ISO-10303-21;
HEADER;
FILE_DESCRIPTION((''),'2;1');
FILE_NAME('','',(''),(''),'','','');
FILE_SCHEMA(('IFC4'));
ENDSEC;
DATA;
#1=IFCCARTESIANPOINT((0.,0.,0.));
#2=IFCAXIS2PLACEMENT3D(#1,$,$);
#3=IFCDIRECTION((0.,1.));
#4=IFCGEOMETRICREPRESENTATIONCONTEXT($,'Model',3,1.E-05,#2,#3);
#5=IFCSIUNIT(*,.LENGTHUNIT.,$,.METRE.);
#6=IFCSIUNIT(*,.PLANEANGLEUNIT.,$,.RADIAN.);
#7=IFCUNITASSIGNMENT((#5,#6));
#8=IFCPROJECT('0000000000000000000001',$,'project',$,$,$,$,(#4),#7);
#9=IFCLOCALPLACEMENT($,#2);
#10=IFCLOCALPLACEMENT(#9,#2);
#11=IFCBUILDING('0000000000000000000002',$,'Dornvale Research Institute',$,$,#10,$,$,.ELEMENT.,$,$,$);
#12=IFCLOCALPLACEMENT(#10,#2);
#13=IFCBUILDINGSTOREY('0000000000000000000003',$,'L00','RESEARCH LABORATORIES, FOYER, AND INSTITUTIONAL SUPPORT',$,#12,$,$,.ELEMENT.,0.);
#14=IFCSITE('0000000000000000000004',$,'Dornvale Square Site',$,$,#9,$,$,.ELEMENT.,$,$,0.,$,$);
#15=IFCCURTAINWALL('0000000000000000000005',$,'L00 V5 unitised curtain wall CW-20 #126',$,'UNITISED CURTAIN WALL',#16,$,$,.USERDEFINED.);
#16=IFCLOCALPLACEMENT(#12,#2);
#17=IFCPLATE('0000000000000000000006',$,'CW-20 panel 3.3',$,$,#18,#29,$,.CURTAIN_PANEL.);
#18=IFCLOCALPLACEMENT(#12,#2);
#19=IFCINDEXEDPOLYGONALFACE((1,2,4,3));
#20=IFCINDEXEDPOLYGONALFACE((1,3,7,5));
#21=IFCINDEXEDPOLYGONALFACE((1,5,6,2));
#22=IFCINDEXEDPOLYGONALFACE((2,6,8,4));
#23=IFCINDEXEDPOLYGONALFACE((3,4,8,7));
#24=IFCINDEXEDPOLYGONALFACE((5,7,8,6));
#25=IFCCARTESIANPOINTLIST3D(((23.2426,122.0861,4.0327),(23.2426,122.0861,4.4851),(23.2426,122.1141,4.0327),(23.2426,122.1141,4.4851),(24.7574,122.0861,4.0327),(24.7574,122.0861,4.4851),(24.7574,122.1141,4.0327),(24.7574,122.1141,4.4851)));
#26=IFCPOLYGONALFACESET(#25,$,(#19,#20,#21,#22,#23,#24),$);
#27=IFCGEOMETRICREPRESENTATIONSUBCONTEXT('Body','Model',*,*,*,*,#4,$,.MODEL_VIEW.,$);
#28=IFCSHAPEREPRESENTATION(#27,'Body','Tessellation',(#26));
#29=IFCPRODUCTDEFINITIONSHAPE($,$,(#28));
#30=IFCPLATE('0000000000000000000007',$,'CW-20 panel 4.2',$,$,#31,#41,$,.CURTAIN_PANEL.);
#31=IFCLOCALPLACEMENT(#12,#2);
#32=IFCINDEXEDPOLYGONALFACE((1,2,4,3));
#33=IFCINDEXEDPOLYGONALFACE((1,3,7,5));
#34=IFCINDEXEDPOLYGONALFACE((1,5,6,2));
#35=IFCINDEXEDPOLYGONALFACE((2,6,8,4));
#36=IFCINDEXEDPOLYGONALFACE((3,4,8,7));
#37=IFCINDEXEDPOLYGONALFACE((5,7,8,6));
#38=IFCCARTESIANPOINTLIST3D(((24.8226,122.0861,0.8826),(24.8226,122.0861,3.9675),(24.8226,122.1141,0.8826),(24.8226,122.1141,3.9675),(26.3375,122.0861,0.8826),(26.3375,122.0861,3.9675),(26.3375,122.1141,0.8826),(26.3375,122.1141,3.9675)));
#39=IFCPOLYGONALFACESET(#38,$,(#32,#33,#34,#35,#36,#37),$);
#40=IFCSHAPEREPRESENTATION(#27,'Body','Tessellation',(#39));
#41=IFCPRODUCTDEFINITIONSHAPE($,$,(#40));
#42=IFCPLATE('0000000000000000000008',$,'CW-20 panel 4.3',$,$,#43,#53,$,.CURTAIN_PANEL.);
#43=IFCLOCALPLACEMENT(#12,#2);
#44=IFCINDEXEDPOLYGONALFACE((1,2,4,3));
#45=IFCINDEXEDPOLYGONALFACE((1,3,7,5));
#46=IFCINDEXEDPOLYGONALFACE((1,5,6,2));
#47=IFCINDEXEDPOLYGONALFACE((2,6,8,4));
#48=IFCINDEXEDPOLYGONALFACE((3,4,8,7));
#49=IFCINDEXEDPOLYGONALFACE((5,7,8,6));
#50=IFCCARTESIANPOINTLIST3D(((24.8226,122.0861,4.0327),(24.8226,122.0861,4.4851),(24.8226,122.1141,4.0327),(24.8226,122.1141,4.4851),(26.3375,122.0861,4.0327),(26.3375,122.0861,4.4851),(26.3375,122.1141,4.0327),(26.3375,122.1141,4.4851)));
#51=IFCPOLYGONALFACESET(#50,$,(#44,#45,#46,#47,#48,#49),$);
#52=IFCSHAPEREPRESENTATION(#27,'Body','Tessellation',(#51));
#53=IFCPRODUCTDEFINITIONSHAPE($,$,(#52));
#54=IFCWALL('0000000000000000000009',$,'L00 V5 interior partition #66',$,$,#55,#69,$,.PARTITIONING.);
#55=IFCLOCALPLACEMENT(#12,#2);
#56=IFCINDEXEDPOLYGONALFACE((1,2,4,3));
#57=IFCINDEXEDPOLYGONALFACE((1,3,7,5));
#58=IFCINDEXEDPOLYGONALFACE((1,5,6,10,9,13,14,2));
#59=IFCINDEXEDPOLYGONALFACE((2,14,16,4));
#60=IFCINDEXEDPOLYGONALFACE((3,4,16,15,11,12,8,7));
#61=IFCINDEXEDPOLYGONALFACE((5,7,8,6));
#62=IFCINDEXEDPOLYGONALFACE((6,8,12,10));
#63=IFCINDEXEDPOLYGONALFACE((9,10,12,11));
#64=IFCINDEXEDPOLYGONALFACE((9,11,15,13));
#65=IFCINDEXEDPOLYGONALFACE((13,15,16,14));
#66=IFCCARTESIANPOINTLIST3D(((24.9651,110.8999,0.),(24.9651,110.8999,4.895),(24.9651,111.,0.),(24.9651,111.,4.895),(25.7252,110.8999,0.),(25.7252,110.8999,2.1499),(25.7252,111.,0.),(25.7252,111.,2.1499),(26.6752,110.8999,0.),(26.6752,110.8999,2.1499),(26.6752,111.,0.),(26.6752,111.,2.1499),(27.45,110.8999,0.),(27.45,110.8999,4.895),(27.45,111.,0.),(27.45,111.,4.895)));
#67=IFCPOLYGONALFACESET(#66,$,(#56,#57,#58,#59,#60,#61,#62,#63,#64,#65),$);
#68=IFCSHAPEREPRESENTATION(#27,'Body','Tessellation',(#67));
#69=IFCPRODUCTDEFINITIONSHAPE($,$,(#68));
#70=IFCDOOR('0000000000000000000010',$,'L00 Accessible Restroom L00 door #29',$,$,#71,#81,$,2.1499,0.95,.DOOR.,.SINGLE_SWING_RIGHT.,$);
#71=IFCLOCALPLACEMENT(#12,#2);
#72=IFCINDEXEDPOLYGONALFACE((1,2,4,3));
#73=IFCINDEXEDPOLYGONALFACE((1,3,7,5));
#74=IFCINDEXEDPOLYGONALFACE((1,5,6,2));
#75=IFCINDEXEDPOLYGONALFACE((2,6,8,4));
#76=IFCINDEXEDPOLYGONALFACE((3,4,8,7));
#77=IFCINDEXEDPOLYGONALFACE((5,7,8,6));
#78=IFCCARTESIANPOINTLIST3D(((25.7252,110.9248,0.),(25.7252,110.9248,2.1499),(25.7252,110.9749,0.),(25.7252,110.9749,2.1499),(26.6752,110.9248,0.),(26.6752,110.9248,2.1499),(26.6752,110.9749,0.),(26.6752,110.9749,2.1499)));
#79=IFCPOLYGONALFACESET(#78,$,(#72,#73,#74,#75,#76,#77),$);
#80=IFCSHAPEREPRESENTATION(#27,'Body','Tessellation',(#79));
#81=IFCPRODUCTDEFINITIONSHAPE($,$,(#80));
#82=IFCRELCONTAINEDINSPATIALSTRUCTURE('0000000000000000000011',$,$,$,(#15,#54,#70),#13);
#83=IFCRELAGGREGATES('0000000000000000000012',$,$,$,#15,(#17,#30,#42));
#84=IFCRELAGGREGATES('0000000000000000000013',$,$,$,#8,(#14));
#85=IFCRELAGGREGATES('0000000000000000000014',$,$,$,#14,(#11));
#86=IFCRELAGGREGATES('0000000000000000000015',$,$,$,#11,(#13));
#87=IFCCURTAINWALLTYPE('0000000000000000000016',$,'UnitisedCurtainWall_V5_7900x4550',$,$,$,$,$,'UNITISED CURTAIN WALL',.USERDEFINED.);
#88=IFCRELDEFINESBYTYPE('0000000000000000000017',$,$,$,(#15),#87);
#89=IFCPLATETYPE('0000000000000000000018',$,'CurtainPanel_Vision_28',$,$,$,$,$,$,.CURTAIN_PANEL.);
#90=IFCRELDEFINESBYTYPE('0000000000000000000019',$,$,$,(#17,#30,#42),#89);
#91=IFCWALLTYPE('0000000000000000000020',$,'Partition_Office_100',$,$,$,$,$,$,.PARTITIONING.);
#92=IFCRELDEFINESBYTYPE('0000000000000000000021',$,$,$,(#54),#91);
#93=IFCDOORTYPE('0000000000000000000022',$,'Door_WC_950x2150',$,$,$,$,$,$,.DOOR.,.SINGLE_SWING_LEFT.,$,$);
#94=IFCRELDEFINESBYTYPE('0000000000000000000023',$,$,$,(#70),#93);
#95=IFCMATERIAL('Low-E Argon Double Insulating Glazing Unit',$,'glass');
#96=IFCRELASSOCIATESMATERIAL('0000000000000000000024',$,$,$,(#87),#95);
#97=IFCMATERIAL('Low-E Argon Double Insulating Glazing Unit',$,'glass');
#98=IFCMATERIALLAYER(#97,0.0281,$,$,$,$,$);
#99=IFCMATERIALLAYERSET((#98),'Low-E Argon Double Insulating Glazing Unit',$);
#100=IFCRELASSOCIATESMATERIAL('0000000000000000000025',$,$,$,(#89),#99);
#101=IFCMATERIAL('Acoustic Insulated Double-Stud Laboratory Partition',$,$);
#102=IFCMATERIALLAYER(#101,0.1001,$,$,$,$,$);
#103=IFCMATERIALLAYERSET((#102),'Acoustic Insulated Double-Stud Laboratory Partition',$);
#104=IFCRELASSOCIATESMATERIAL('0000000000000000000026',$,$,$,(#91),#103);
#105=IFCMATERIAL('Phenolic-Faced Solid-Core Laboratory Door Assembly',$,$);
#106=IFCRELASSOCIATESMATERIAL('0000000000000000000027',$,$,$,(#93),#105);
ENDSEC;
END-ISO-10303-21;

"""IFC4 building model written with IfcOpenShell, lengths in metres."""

from ifc_helpers import new_model, si_unit, direction, frame, frame_2d, origin, origin_2d, place, context, subcontext, project, spatial, rectangle, extrude, material, layer, layer_set, type_object, element, fill, aggregate, save


model = new_model("IFC4")

# Units and contexts
model_context = context("Model", 3, precision=1e-05, world=origin(), true_north=direction((0.0, 1.0)))
body_context = subcontext(model_context, "Body", "Model", "MODEL_VIEW")
ifc_project = project(units=[si_unit("LENGTHUNIT", "METRE"), si_unit("PLANEANGLEUNIT", "RADIAN")], contexts=[model_context])

# Site, building, storey
site_placement = place(None, origin())
site = spatial("IfcSite", under=ifc_project, at=site_placement, Name="Dornvale Square Site", CompositionType="ELEMENT", RefElevation=0.0)
building_placement = place(site_placement, origin())
building = spatial("IfcBuilding", under=site, at=building_placement, Name="Dornvale Research Institute", CompositionType="ELEMENT")
storey_placement = place(building_placement, origin())
storey = spatial("IfcBuildingStorey", under=building, at=storey_placement, Name="L00", Description="RESEARCH LABORATORIES, FOYER, AND INSTITUTIONAL SUPPORT", CompositionType="ELEMENT", Elevation=0.0)

# Curtain wall, plates
ifc_material_1 = material(Name="Low-E Argon Double Insulating Glazing Unit", Category="glass")
curtain_wall_type = type_object("IfcCurtainWallType", Name="UnitisedCurtainWall_V5_7900x4550", ElementType="UNITISED CURTAIN WALL", PredefinedType="USERDEFINED", material=ifc_material_1)
curtain_wall_placement = place(storey_placement, origin())
curtain_wall = element("IfcCurtainWall", 1, at=curtain_wall_placement, inside=storey, type_object=curtain_wall_type, Name="L00 V5 unitised curtain wall CW-20 #126", ObjectType="UNITISED CURTAIN WALL", PredefinedType="USERDEFINED")
ifc_material_2 = material(Name="Low-E Argon Double Insulating Glazing Unit", Category="glass")
ifc_layer_1 = layer(ifc_material_2, 0.0281)
ifc_layer_set_1 = layer_set([ifc_layer_1], Name="Low-E Argon Double Insulating Glazing Unit")
plate_type_1 = type_object("IfcPlateType", Name="CurtainPanel_Vision_28", PredefinedType="CURTAIN_PANEL", material=ifc_layer_set_1)
plate_1_placement = place(storey_placement, frame((24.0, 122.1001, 4.0327), z_axis=(0.0, 0.0, 1.0), x_axis=(1.0, 0.0, 0.0)))
plate_1 = element("IfcPlate", 2, at=plate_1_placement, type_object=plate_type_1, Name="CW-20 panel 3.3", PredefinedType="CURTAIN_PANEL", context=body_context, shape_type="SweptSolid", body=[
    extrude(rectangle(XDim=1.5149, YDim=0.0281, at=origin_2d()), origin(), (0.0, 0.0, 1.0), 0.4524),
])
plate_2_placement = place(storey_placement, frame((25.5801, 122.1001, 0.8826), z_axis=(0.0, 0.0, 1.0), x_axis=(1.0, 0.0, 0.0)))
plate_2 = element("IfcPlate", 3, at=plate_2_placement, type_object=plate_type_1, Name="CW-20 panel 4.2", PredefinedType="CURTAIN_PANEL", context=body_context, shape_type="SweptSolid", body=[
    extrude(rectangle(XDim=1.5149, YDim=0.0281, at=origin_2d()), origin(), (0.0, 0.0, 1.0), 3.085),
])
plate_3_placement = place(storey_placement, frame((25.5801, 122.1001, 4.0327), z_axis=(0.0, 0.0, 1.0), x_axis=(1.0, 0.0, 0.0)))
plate_3 = element("IfcPlate", 4, at=plate_3_placement, type_object=plate_type_1, Name="CW-20 panel 4.3", PredefinedType="CURTAIN_PANEL", context=body_context, shape_type="SweptSolid", body=[
    extrude(rectangle(XDim=1.5149, YDim=0.0281, at=origin_2d()), origin(), (0.0, 0.0, 1.0), 0.4524),
])
aggregate(curtain_wall, [plate_1, plate_2, plate_3])

# Wall, opening, door
ifc_material_3 = material(Name="Acoustic Insulated Double-Stud Laboratory Partition")
ifc_layer_2 = layer(ifc_material_3, 0.1001)
ifc_layer_set_2 = layer_set([ifc_layer_2], Name="Acoustic Insulated Double-Stud Laboratory Partition")
wall_type = type_object("IfcWallType", Name="Partition_Office_100", PredefinedType="PARTITIONING", material=ifc_layer_set_2)
wall_1_placement = place(storey_placement, frame((24.9651, 110.95, 0.0), z_axis=(0.0, 0.0, 1.0), x_axis=(1.0, 0.0, 0.0)))
wall_1 = element("IfcWall", 5, at=wall_1_placement, inside=storey, type_object=wall_type, Name="L00 V5 interior partition #66", PredefinedType="PARTITIONING", context=body_context, shape_type="SweptSolid", body=[
    extrude(rectangle(XDim=2.4849, YDim=0.1001, at=frame_2d((1.2424, 0.0))), origin(), (0.0, 0.0, 1.0), 4.895),
])
opening_1_placement = place(wall_1_placement, frame((0.76, 0.0, 0.0)))
opening_1 = element("IfcOpeningElement", 6, at=opening_1_placement, cuts=wall_1, PredefinedType="OPENING", context=body_context, shape_type="SweptSolid", body=[
    extrude(rectangle(XDim=0.95, YDim=2.1499, at=frame_2d((0.4751, 1.075))), frame((0.0, 0.0649, 0.0), z_axis=(0.0, -1.0, 0.0), x_axis=(1.0, 0.0, 0.0)), (0.0, 0.0, 1.0), 0.1301),
])
ifc_material_4 = material(Name="Phenolic-Faced Solid-Core Laboratory Door Assembly")
door_type_1 = type_object("IfcDoorType", Name="Door_WC_950x2150", OperationType="SINGLE_SWING_LEFT", PredefinedType="DOOR", material=ifc_material_4)
door_1_placement = place(opening_1_placement, origin())
door_1 = element("IfcDoor", 7, at=door_1_placement, inside=storey, type_object=door_type_1, Name="L00 Accessible Restroom L00 door #29", OperationType="SINGLE_SWING_RIGHT", OverallHeight=2.1499, OverallWidth=0.95, PredefinedType="DOOR", context=body_context, shape_type="SweptSolid", body=[
    extrude(rectangle(XDim=0.95, YDim=2.1499, at=frame_2d((0.4751, 1.075))), frame((0.0, 0.0249, 0.0), z_axis=(0.0, -1.0, 0.0), x_axis=(1.0, 0.0, 0.0)), (0.0, 0.0, 1.0), 0.05),
])
fill(opening_1, door_1)

save(model, "model.ifc")
